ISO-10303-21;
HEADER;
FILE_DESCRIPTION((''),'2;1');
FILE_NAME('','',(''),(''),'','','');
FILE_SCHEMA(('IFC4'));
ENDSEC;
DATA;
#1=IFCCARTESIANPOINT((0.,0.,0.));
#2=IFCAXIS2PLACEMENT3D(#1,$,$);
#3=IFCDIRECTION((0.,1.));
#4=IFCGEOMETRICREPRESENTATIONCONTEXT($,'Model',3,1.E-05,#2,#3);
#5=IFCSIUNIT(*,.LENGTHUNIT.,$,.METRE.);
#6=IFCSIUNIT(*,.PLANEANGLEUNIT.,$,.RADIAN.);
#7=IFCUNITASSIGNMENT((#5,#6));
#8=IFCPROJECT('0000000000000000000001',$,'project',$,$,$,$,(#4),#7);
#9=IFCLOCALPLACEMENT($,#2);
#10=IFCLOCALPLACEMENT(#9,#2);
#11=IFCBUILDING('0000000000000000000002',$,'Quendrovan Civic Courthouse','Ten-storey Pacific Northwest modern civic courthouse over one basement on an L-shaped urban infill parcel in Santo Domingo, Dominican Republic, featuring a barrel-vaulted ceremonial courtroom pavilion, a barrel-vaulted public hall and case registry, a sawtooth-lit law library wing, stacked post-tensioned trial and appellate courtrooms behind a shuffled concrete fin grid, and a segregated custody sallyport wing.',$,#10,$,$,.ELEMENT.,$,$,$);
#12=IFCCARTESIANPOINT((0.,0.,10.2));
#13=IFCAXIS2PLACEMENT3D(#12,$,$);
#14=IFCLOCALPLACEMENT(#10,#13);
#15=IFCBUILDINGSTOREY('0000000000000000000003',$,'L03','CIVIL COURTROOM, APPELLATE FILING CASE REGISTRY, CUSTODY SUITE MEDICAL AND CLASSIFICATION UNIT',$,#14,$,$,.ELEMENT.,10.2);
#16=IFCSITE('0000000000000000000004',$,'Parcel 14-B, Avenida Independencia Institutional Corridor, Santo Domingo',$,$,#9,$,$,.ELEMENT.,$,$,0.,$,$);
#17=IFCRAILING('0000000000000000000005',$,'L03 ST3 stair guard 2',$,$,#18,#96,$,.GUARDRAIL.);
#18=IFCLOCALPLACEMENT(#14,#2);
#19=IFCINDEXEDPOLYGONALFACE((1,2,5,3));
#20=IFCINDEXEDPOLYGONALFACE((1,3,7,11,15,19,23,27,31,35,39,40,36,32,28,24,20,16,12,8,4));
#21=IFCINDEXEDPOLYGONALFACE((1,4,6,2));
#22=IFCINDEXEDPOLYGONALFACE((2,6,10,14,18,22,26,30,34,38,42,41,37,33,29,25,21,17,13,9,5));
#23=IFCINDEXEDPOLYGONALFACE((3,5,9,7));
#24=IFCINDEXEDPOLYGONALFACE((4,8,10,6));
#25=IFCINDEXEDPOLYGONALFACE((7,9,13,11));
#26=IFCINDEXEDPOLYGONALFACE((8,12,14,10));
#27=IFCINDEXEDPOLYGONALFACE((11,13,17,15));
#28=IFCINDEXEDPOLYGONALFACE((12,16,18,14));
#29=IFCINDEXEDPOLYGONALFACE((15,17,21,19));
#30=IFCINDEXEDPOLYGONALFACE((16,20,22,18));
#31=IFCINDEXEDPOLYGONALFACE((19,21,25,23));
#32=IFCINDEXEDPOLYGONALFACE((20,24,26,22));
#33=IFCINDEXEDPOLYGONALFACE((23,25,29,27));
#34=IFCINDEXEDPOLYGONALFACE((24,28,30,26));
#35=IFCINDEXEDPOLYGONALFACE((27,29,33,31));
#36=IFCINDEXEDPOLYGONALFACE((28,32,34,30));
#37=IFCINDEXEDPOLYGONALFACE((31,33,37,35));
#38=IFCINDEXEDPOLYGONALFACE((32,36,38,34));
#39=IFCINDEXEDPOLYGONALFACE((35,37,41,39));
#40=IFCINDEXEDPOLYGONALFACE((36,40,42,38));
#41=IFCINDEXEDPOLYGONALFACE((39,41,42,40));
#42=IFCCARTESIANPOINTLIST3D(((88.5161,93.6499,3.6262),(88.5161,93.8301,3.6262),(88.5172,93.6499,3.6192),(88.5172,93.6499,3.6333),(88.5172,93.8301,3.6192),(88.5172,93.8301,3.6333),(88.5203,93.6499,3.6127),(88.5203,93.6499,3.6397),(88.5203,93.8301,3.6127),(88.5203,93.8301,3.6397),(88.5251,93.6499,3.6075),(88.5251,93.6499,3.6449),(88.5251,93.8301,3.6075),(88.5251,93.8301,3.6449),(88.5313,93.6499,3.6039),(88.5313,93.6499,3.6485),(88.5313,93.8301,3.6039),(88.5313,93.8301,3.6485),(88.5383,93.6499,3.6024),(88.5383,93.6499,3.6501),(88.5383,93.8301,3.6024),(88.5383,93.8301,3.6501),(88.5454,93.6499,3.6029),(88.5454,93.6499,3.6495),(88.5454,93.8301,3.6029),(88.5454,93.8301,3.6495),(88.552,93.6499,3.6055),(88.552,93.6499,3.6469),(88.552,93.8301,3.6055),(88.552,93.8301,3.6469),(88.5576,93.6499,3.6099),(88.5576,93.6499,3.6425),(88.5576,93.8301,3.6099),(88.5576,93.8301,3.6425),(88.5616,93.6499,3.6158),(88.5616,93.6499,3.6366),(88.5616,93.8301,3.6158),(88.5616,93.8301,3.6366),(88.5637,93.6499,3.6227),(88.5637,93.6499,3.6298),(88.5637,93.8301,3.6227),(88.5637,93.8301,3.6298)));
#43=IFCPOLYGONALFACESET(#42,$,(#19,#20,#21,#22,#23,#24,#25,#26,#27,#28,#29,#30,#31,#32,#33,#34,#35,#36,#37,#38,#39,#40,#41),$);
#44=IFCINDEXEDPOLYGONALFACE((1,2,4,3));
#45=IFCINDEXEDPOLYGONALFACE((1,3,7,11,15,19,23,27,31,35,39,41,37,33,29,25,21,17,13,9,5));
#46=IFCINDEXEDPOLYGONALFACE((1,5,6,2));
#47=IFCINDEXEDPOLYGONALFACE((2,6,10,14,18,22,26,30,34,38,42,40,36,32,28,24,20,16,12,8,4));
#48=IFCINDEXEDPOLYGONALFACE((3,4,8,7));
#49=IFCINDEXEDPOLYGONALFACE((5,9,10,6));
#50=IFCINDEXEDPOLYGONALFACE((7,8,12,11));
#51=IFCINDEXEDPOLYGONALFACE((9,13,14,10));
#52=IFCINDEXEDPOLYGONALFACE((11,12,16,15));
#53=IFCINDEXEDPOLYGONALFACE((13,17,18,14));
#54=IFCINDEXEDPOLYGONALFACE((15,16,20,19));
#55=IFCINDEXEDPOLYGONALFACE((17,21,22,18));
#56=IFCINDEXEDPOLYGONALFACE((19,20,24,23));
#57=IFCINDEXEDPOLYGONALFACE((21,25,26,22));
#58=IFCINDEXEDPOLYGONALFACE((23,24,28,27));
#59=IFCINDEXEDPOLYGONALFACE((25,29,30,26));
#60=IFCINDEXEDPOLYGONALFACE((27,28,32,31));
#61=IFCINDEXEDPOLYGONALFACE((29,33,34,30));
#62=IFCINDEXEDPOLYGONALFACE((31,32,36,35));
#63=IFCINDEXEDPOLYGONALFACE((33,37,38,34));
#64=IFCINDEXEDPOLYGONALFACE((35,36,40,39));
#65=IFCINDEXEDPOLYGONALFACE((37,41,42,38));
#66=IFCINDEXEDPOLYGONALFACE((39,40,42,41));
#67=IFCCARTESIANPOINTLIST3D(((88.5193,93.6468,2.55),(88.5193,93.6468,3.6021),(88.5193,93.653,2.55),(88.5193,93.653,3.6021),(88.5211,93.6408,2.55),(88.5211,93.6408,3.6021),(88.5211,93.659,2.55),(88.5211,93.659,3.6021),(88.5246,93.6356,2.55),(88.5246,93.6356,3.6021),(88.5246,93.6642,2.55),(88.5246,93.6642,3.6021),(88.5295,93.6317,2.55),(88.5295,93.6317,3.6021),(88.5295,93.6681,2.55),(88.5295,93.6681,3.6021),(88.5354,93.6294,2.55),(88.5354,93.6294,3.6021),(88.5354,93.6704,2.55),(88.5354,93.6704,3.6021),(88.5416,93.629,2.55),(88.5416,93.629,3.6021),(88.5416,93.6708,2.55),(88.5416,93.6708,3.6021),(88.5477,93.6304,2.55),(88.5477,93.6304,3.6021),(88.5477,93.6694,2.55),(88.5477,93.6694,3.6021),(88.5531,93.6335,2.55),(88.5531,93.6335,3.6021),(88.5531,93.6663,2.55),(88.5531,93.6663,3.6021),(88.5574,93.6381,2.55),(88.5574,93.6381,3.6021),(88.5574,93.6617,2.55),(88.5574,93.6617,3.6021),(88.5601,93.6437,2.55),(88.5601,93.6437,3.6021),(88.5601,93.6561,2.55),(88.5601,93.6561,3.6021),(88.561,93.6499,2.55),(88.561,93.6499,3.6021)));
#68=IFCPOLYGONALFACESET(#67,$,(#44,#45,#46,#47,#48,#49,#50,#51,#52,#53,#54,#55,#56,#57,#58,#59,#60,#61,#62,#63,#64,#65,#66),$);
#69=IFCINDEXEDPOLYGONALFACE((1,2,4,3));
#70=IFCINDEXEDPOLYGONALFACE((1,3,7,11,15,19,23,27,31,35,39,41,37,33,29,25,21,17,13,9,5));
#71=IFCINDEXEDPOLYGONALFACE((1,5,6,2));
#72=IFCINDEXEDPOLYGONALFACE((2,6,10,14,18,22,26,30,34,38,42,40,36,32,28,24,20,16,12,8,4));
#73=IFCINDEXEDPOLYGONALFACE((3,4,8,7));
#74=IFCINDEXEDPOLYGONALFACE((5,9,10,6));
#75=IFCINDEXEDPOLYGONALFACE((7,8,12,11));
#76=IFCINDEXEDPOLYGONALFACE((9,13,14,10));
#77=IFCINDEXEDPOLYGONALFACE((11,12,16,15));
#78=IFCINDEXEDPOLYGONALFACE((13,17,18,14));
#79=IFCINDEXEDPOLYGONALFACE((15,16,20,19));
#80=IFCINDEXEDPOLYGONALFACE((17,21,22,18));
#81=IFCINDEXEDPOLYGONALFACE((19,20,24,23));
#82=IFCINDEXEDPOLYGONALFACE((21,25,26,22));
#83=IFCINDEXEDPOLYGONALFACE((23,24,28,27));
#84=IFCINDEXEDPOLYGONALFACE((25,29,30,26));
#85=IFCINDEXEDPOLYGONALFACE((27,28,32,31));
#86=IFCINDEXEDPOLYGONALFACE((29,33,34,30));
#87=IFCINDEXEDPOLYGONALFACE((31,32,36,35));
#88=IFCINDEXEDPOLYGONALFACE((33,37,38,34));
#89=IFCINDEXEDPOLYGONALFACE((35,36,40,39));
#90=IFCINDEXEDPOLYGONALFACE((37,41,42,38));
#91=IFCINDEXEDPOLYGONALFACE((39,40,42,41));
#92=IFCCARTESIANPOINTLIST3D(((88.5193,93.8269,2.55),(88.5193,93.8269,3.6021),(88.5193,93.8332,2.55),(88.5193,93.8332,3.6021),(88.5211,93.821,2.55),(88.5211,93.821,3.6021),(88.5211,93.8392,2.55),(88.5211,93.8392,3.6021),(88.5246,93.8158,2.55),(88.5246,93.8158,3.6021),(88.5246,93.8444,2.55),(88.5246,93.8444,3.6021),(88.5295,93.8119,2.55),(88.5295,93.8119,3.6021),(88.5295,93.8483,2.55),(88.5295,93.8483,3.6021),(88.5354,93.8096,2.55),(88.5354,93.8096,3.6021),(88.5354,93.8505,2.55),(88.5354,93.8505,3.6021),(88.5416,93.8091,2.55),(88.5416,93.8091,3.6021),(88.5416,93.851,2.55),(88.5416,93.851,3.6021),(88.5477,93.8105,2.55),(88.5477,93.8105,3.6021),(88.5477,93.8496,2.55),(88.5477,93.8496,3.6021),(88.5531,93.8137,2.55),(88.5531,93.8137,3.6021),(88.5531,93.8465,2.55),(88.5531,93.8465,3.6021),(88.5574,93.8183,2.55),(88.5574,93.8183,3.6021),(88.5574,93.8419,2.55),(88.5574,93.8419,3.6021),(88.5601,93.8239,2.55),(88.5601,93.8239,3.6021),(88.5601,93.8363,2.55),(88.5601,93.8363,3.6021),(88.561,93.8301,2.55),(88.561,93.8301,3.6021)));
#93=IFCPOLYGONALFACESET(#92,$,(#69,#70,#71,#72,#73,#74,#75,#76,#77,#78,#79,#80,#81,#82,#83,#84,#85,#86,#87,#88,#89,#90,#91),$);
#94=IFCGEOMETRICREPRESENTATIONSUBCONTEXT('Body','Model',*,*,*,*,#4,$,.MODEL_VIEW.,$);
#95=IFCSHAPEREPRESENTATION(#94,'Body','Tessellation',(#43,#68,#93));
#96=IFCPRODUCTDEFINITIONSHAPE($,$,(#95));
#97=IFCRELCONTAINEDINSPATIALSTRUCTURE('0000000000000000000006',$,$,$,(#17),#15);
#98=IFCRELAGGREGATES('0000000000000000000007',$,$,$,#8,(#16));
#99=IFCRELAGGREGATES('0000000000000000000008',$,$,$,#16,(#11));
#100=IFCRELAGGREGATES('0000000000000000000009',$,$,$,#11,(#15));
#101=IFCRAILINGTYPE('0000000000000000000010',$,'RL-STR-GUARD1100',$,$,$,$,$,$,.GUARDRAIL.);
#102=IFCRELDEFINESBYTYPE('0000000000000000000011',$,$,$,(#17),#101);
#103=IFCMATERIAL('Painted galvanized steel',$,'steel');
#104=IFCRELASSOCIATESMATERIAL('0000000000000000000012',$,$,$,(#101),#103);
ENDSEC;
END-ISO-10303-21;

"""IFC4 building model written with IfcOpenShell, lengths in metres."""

from ifc_helpers import new_model, si_unit, direction, frame, origin, origin_2d, place, context, subcontext, project, spatial, circle, extrude, material, type_object, element, save


model = new_model("IFC4")

# Units and contexts
model_context = context("Model", 3, precision=1e-05, world=origin(), true_north=direction((0.0, 1.0)))
body_context = subcontext(model_context, "Body", "Model", "MODEL_VIEW")
ifc_project = project(units=[si_unit("LENGTHUNIT", "METRE"), si_unit("PLANEANGLEUNIT", "RADIAN")], contexts=[model_context])

# Site, building, storey
site_placement = place(None, origin())
site = spatial("IfcSite", under=ifc_project, at=site_placement, Name="Parcel 14-B, Avenida Independencia Institutional Corridor, Santo Domingo", CompositionType="ELEMENT", RefElevation=0.0)
building_placement = place(site_placement, origin())
building = spatial("IfcBuilding", under=site, at=building_placement, Name="Quendrovan Civic Courthouse", Description="Ten-storey Pacific Northwest modern civic courthouse over one basement on an L-shaped urban infill parcel in Santo Domingo, Dominican Republic, featuring a barrel-vaulted ceremonial courtroom pavilion, a barrel-vaulted public hall and case registry, a sawtooth-lit law library wing, stacked post-tensioned trial and appellate courtrooms behind a shuffled concrete fin grid, and a segregated custody sallyport wing.", CompositionType="ELEMENT")
storey_placement = place(building_placement, frame((0.0, 0.0, 10.2)))
storey = spatial("IfcBuildingStorey", under=building, at=storey_placement, Name="L03", Description="CIVIL COURTROOM, APPELLATE FILING CASE REGISTRY, CUSTODY SUITE MEDICAL AND CLASSIFICATION UNIT", CompositionType="ELEMENT", Elevation=10.2)

# Railing
ifc_material_1 = material(Name="Painted galvanized steel", Category="steel")
railing_type_1 = type_object("IfcRailingType", Name="RL-STR-GUARD1100", PredefinedType="GUARDRAIL", material=ifc_material_1)
railing_1_placement = place(storey_placement, frame((88.54, 93.6499, 2.55)))
element("IfcRailing", 1, at=railing_1_placement, inside=storey, type_object=railing_type_1, Name="L03 ST3 stair guard 2", PredefinedType="GUARDRAIL", context=body_context, shape_type="SweptSolid", body=[
    extrude(circle(Radius=0.0239, at=origin_2d()), frame((0.0, 0.0, 1.0762), z_axis=(0.0, 1.0, 0.0), x_axis=(-1.0, 0.0, 0.0)), (0.0, 0.0, 1.0), 0.1802),
    extrude(circle(Radius=0.021, at=origin_2d()), origin(), (0.0, 0.0, 1.0), 1.052),
    extrude(circle(Radius=0.021, at=origin_2d()), frame((0.0, 0.1802, 0.0)), (0.0, 0.0, 1.0), 1.052),
])

save(model, "model.ifc")
